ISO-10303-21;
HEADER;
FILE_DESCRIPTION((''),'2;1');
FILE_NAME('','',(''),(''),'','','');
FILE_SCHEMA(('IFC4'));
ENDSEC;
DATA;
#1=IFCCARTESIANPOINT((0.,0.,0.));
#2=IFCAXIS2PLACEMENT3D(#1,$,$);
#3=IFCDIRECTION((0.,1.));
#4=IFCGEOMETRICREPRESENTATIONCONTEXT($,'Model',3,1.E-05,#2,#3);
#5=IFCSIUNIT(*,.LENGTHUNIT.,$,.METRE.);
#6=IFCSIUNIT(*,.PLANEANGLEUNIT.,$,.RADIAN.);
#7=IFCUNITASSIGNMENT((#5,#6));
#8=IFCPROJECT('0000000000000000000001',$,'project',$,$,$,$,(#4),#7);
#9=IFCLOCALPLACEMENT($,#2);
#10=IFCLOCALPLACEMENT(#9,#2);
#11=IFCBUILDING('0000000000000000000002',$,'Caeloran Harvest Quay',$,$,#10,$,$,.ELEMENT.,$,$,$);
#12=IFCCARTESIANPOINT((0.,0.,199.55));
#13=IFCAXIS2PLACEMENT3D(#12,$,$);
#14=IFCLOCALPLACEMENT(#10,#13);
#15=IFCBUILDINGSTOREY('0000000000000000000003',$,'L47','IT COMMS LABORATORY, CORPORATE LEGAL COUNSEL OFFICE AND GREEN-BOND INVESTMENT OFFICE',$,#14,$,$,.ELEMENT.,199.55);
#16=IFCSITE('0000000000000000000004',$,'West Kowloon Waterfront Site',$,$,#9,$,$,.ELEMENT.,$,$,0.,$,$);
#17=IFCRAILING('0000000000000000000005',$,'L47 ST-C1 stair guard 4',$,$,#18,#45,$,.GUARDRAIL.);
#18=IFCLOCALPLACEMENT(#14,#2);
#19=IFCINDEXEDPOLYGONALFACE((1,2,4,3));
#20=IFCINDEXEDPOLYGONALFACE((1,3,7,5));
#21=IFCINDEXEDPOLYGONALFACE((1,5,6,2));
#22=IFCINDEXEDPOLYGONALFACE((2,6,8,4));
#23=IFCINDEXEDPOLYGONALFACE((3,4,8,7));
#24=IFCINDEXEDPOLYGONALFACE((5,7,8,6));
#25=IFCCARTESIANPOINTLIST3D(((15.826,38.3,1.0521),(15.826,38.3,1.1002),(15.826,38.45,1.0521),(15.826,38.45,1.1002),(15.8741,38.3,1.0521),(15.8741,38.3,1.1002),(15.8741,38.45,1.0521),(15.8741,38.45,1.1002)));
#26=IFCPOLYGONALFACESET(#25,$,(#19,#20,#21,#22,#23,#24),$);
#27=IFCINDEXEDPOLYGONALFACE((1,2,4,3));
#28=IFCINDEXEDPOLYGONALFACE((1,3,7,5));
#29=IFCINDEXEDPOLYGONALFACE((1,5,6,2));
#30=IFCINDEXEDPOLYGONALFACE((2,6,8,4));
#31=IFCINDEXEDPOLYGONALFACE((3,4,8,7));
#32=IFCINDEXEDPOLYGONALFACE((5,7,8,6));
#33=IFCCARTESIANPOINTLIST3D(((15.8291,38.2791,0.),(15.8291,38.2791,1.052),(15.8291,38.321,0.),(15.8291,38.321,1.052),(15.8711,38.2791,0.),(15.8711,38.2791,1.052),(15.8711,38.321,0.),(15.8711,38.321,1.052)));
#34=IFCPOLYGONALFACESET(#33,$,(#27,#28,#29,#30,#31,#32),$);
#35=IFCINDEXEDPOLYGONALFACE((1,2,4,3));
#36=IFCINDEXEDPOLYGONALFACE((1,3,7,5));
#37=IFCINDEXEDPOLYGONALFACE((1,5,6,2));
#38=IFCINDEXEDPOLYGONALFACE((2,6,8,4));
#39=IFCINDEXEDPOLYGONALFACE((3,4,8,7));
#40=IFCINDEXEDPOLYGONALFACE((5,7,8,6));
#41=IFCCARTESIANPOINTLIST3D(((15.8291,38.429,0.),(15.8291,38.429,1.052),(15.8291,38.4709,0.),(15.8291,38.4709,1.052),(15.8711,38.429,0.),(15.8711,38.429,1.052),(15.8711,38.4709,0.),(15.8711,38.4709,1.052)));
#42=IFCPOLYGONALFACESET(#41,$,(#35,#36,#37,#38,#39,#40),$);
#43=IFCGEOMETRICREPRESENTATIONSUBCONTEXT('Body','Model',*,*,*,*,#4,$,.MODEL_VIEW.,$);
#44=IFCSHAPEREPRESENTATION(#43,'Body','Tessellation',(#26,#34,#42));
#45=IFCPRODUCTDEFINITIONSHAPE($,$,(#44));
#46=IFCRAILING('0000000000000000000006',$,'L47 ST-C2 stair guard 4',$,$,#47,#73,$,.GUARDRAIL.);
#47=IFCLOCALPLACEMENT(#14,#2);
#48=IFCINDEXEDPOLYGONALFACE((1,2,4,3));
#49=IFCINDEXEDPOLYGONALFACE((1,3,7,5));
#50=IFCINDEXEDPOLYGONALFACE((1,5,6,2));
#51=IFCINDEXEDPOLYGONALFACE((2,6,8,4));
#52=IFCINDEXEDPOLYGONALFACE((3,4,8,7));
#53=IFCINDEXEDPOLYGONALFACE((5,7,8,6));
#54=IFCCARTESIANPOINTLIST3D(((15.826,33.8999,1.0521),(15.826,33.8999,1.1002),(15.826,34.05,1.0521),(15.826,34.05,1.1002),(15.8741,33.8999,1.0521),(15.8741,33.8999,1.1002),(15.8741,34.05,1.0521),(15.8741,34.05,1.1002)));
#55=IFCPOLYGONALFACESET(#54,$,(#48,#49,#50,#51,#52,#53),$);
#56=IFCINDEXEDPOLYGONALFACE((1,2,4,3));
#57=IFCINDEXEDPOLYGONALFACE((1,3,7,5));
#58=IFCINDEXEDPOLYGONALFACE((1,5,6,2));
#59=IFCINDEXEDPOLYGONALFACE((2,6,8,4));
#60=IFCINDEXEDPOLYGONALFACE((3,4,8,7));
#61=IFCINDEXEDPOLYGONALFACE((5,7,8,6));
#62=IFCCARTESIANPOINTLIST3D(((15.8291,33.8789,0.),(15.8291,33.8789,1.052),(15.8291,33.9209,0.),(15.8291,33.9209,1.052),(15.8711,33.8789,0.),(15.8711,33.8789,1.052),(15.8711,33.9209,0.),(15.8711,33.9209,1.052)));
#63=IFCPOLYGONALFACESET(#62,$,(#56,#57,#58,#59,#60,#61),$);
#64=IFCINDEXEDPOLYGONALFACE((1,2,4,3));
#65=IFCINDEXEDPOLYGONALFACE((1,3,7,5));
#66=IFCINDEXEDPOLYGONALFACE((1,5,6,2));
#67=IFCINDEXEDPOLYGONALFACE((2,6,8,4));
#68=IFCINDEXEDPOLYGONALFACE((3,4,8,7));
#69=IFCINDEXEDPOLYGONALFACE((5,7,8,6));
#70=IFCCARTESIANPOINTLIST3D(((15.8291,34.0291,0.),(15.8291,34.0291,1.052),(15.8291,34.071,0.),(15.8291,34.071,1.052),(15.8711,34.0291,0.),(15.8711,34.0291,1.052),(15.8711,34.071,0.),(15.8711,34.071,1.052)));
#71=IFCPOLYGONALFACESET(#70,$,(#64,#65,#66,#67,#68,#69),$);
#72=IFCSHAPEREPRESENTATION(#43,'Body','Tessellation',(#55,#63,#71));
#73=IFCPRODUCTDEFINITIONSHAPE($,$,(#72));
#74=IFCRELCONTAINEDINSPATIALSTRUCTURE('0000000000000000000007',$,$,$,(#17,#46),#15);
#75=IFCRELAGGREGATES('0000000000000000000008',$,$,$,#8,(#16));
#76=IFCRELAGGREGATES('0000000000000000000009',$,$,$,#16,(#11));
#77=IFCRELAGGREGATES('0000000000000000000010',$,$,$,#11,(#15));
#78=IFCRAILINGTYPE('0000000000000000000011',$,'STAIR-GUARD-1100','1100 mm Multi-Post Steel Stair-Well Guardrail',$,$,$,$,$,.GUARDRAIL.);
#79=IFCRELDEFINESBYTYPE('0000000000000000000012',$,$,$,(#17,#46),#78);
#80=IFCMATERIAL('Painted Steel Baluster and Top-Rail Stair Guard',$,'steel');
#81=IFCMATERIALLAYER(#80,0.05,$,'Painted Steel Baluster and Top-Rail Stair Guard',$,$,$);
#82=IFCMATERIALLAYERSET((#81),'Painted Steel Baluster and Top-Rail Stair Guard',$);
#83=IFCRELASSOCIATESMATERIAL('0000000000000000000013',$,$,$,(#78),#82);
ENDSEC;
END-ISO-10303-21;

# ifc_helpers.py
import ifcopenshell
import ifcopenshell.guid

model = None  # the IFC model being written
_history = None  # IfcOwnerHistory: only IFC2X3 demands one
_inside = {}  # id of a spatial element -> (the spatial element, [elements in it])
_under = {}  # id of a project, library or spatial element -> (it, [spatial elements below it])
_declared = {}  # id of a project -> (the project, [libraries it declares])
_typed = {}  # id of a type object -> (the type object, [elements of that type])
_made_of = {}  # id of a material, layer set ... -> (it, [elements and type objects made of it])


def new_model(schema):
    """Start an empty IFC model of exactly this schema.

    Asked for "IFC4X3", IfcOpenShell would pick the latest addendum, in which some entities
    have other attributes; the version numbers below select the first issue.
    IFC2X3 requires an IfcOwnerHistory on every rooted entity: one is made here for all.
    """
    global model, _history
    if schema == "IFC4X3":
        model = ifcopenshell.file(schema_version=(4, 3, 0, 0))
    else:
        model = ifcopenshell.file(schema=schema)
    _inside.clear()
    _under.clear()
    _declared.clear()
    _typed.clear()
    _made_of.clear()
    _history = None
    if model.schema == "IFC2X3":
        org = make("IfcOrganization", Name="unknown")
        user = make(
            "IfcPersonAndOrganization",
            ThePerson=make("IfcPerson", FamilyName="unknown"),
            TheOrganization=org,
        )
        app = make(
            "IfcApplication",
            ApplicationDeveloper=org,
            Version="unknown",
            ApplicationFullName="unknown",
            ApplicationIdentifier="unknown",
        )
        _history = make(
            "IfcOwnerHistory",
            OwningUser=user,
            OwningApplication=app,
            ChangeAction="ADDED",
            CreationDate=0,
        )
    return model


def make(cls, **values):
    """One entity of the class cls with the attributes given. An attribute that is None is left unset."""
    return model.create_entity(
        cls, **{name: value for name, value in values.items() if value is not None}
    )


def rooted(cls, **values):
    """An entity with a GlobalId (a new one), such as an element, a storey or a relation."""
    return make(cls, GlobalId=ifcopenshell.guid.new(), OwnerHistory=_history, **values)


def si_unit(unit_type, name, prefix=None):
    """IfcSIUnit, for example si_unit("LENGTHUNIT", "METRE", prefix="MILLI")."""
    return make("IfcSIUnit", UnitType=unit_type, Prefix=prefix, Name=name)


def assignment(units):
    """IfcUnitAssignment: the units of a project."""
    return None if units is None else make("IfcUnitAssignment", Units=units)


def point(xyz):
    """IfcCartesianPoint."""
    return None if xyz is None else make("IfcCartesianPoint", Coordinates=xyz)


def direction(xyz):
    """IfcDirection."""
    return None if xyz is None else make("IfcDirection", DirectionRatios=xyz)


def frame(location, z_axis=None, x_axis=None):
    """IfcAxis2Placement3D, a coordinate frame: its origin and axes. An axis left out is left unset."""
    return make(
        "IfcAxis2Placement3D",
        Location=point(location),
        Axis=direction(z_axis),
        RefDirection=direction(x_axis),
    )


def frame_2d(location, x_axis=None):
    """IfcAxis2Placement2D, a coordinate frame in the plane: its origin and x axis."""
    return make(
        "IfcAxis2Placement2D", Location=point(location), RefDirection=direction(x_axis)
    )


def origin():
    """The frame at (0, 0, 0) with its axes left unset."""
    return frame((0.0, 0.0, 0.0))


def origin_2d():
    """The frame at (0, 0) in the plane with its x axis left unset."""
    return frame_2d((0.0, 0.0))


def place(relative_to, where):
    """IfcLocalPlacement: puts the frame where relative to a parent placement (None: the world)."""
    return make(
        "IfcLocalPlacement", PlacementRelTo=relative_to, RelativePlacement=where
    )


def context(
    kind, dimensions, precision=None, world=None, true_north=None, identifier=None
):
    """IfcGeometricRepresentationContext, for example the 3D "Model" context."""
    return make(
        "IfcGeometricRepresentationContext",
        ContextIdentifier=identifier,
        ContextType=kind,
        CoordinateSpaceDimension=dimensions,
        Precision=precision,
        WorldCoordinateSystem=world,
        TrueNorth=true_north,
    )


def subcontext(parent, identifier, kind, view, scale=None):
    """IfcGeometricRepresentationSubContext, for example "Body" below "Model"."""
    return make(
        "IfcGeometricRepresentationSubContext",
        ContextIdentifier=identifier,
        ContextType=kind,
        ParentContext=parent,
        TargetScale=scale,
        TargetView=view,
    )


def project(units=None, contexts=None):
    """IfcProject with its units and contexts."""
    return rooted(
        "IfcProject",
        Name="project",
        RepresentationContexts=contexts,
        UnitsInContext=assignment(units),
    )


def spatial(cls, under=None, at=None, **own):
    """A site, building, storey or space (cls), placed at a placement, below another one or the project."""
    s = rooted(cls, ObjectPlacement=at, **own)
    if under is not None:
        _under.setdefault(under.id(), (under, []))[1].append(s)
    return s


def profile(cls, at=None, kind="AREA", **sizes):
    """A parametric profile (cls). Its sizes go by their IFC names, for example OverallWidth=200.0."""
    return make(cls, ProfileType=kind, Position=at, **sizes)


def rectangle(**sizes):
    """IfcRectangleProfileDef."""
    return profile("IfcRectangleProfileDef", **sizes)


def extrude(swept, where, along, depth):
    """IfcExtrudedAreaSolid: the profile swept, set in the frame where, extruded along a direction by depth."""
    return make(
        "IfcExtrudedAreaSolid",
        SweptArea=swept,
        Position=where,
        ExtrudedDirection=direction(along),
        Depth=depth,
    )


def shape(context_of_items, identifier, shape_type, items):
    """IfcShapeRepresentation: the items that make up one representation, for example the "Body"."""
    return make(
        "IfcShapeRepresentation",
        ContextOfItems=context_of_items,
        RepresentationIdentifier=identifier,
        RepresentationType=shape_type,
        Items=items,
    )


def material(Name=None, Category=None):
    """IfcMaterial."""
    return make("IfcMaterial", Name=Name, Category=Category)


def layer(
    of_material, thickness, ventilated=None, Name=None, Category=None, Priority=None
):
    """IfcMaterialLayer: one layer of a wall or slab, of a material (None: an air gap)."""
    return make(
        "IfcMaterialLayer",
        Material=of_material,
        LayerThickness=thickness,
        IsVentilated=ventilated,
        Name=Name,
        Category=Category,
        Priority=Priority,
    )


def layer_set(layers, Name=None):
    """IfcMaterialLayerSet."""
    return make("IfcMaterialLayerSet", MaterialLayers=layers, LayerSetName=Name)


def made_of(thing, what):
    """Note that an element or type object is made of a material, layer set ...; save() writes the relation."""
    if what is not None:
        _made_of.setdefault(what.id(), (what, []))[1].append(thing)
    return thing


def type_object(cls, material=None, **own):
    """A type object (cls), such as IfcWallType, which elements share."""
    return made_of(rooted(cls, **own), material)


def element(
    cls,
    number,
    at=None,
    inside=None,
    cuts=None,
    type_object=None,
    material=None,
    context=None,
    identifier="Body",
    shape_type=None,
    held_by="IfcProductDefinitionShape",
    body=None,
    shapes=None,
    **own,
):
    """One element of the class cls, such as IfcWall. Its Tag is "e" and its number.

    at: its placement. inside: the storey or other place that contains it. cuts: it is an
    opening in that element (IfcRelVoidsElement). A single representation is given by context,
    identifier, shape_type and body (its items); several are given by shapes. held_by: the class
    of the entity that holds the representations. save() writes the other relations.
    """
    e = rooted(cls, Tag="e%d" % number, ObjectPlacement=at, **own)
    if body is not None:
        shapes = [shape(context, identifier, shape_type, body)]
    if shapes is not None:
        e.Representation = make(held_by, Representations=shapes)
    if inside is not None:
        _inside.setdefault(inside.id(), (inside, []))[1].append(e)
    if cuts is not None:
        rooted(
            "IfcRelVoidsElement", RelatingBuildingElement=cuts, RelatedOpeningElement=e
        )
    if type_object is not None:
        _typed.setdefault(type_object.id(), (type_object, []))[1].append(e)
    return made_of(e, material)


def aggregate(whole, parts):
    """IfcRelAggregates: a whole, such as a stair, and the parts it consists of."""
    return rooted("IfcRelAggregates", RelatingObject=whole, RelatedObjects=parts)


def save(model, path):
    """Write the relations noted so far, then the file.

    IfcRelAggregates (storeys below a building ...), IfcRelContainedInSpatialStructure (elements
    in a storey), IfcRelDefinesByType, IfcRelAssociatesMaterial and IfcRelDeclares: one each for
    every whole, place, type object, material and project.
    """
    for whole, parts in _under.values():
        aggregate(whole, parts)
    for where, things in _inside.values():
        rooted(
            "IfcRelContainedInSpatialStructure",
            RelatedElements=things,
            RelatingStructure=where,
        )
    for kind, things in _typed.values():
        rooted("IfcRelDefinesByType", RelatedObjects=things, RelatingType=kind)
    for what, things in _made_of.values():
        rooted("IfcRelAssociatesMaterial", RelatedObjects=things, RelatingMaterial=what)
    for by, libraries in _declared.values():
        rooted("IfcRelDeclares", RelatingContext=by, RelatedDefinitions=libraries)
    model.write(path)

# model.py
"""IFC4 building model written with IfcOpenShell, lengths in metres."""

from ifc_helpers import new_model, si_unit, direction, frame, origin, origin_2d, place, context, subcontext, project, spatial, rectangle, extrude, material, layer, layer_set, type_object, element, save


model = new_model("IFC4")

# Units and contexts
model_context = context("Model", 3, precision=1e-05, world=origin(), true_north=direction((0.0, 1.0)))
body_context = subcontext(model_context, "Body", "Model", "MODEL_VIEW")
ifc_project = project(units=[si_unit("LENGTHUNIT", "METRE"), si_unit("PLANEANGLEUNIT", "RADIAN")], contexts=[model_context])

# Site, building, storey
site_placement = place(None, origin())
site = spatial("IfcSite", under=ifc_project, at=site_placement, Name="West Kowloon Waterfront Site", CompositionType="ELEMENT", RefElevation=0.0)
building_placement = place(site_placement, origin())
building = spatial("IfcBuilding", under=site, at=building_placement, Name="Caeloran Harvest Quay", CompositionType="ELEMENT")
storey_placement = place(building_placement, frame((0.0, 0.0, 199.55)))
storey = spatial("IfcBuildingStorey", under=building, at=storey_placement, Name="L47", Description="IT COMMS LABORATORY, CORPORATE LEGAL COUNSEL OFFICE AND GREEN-BOND INVESTMENT OFFICE", CompositionType="ELEMENT", Elevation=199.55)

# Railings
ifc_material_1 = material(Name="Painted Steel Baluster and Top-Rail Stair Guard", Category="steel")
ifc_layer_1 = layer(ifc_material_1, 0.05, Name="Painted Steel Baluster and Top-Rail Stair Guard")
ifc_layer_set_1 = layer_set([ifc_layer_1], Name="Painted Steel Baluster and Top-Rail Stair Guard")
railing_type = type_object("IfcRailingType", Name="STAIR-GUARD-1100", Description="1100 mm Multi-Post Steel Stair-Well Guardrail", PredefinedType="GUARDRAIL", material=ifc_layer_set_1)
railing_1_placement = place(storey_placement, frame((15.8501, 38.3, 0.0)))
element("IfcRailing", 1, at=railing_1_placement, inside=storey, type_object=railing_type, Name="L47 ST-C1 stair guard 4", PredefinedType="GUARDRAIL", context=body_context, shape_type="SweptSolid", body=[
    extrude(rectangle(XDim=0.0481, YDim=0.0481, at=origin_2d()), frame((0.0, 0.0, 1.0762), z_axis=(0.0, 1.0, 0.0), x_axis=(-1.0, 0.0, 0.0)), (0.0, 0.0, 1.0), 0.1499),
    extrude(rectangle(XDim=0.042, YDim=0.042, at=origin_2d()), origin(), (0.0, 0.0, 1.0), 1.052),
    extrude(rectangle(XDim=0.042, YDim=0.042, at=origin_2d()), frame((0.0, 0.1499, 0.0)), (0.0, 0.0, 1.0), 1.052),
])
railing_2_placement = place(storey_placement, frame((15.8501, 33.8999, 0.0)))
element("IfcRailing", 2, at=railing_2_placement, inside=storey, type_object=railing_type, Name="L47 ST-C2 stair guard 4", PredefinedType="GUARDRAIL", context=body_context, shape_type="SweptSolid", body=[
    extrude(rectangle(XDim=0.0481, YDim=0.0481, at=origin_2d()), frame((0.0, 0.0, 1.0762), z_axis=(0.0, 1.0, 0.0), x_axis=(-1.0, 0.0, 0.0)), (0.0, 0.0, 1.0), 0.1501),
    extrude(rectangle(XDim=0.042, YDim=0.042, at=origin_2d()), origin(), (0.0, 0.0, 1.0), 1.052),
    extrude(rectangle(XDim=0.042, YDim=0.042, at=origin_2d()), frame((0.0, 0.1501, 0.0)), (0.0, 0.0, 1.0), 1.052),
])

save(model, "model.ifc")
